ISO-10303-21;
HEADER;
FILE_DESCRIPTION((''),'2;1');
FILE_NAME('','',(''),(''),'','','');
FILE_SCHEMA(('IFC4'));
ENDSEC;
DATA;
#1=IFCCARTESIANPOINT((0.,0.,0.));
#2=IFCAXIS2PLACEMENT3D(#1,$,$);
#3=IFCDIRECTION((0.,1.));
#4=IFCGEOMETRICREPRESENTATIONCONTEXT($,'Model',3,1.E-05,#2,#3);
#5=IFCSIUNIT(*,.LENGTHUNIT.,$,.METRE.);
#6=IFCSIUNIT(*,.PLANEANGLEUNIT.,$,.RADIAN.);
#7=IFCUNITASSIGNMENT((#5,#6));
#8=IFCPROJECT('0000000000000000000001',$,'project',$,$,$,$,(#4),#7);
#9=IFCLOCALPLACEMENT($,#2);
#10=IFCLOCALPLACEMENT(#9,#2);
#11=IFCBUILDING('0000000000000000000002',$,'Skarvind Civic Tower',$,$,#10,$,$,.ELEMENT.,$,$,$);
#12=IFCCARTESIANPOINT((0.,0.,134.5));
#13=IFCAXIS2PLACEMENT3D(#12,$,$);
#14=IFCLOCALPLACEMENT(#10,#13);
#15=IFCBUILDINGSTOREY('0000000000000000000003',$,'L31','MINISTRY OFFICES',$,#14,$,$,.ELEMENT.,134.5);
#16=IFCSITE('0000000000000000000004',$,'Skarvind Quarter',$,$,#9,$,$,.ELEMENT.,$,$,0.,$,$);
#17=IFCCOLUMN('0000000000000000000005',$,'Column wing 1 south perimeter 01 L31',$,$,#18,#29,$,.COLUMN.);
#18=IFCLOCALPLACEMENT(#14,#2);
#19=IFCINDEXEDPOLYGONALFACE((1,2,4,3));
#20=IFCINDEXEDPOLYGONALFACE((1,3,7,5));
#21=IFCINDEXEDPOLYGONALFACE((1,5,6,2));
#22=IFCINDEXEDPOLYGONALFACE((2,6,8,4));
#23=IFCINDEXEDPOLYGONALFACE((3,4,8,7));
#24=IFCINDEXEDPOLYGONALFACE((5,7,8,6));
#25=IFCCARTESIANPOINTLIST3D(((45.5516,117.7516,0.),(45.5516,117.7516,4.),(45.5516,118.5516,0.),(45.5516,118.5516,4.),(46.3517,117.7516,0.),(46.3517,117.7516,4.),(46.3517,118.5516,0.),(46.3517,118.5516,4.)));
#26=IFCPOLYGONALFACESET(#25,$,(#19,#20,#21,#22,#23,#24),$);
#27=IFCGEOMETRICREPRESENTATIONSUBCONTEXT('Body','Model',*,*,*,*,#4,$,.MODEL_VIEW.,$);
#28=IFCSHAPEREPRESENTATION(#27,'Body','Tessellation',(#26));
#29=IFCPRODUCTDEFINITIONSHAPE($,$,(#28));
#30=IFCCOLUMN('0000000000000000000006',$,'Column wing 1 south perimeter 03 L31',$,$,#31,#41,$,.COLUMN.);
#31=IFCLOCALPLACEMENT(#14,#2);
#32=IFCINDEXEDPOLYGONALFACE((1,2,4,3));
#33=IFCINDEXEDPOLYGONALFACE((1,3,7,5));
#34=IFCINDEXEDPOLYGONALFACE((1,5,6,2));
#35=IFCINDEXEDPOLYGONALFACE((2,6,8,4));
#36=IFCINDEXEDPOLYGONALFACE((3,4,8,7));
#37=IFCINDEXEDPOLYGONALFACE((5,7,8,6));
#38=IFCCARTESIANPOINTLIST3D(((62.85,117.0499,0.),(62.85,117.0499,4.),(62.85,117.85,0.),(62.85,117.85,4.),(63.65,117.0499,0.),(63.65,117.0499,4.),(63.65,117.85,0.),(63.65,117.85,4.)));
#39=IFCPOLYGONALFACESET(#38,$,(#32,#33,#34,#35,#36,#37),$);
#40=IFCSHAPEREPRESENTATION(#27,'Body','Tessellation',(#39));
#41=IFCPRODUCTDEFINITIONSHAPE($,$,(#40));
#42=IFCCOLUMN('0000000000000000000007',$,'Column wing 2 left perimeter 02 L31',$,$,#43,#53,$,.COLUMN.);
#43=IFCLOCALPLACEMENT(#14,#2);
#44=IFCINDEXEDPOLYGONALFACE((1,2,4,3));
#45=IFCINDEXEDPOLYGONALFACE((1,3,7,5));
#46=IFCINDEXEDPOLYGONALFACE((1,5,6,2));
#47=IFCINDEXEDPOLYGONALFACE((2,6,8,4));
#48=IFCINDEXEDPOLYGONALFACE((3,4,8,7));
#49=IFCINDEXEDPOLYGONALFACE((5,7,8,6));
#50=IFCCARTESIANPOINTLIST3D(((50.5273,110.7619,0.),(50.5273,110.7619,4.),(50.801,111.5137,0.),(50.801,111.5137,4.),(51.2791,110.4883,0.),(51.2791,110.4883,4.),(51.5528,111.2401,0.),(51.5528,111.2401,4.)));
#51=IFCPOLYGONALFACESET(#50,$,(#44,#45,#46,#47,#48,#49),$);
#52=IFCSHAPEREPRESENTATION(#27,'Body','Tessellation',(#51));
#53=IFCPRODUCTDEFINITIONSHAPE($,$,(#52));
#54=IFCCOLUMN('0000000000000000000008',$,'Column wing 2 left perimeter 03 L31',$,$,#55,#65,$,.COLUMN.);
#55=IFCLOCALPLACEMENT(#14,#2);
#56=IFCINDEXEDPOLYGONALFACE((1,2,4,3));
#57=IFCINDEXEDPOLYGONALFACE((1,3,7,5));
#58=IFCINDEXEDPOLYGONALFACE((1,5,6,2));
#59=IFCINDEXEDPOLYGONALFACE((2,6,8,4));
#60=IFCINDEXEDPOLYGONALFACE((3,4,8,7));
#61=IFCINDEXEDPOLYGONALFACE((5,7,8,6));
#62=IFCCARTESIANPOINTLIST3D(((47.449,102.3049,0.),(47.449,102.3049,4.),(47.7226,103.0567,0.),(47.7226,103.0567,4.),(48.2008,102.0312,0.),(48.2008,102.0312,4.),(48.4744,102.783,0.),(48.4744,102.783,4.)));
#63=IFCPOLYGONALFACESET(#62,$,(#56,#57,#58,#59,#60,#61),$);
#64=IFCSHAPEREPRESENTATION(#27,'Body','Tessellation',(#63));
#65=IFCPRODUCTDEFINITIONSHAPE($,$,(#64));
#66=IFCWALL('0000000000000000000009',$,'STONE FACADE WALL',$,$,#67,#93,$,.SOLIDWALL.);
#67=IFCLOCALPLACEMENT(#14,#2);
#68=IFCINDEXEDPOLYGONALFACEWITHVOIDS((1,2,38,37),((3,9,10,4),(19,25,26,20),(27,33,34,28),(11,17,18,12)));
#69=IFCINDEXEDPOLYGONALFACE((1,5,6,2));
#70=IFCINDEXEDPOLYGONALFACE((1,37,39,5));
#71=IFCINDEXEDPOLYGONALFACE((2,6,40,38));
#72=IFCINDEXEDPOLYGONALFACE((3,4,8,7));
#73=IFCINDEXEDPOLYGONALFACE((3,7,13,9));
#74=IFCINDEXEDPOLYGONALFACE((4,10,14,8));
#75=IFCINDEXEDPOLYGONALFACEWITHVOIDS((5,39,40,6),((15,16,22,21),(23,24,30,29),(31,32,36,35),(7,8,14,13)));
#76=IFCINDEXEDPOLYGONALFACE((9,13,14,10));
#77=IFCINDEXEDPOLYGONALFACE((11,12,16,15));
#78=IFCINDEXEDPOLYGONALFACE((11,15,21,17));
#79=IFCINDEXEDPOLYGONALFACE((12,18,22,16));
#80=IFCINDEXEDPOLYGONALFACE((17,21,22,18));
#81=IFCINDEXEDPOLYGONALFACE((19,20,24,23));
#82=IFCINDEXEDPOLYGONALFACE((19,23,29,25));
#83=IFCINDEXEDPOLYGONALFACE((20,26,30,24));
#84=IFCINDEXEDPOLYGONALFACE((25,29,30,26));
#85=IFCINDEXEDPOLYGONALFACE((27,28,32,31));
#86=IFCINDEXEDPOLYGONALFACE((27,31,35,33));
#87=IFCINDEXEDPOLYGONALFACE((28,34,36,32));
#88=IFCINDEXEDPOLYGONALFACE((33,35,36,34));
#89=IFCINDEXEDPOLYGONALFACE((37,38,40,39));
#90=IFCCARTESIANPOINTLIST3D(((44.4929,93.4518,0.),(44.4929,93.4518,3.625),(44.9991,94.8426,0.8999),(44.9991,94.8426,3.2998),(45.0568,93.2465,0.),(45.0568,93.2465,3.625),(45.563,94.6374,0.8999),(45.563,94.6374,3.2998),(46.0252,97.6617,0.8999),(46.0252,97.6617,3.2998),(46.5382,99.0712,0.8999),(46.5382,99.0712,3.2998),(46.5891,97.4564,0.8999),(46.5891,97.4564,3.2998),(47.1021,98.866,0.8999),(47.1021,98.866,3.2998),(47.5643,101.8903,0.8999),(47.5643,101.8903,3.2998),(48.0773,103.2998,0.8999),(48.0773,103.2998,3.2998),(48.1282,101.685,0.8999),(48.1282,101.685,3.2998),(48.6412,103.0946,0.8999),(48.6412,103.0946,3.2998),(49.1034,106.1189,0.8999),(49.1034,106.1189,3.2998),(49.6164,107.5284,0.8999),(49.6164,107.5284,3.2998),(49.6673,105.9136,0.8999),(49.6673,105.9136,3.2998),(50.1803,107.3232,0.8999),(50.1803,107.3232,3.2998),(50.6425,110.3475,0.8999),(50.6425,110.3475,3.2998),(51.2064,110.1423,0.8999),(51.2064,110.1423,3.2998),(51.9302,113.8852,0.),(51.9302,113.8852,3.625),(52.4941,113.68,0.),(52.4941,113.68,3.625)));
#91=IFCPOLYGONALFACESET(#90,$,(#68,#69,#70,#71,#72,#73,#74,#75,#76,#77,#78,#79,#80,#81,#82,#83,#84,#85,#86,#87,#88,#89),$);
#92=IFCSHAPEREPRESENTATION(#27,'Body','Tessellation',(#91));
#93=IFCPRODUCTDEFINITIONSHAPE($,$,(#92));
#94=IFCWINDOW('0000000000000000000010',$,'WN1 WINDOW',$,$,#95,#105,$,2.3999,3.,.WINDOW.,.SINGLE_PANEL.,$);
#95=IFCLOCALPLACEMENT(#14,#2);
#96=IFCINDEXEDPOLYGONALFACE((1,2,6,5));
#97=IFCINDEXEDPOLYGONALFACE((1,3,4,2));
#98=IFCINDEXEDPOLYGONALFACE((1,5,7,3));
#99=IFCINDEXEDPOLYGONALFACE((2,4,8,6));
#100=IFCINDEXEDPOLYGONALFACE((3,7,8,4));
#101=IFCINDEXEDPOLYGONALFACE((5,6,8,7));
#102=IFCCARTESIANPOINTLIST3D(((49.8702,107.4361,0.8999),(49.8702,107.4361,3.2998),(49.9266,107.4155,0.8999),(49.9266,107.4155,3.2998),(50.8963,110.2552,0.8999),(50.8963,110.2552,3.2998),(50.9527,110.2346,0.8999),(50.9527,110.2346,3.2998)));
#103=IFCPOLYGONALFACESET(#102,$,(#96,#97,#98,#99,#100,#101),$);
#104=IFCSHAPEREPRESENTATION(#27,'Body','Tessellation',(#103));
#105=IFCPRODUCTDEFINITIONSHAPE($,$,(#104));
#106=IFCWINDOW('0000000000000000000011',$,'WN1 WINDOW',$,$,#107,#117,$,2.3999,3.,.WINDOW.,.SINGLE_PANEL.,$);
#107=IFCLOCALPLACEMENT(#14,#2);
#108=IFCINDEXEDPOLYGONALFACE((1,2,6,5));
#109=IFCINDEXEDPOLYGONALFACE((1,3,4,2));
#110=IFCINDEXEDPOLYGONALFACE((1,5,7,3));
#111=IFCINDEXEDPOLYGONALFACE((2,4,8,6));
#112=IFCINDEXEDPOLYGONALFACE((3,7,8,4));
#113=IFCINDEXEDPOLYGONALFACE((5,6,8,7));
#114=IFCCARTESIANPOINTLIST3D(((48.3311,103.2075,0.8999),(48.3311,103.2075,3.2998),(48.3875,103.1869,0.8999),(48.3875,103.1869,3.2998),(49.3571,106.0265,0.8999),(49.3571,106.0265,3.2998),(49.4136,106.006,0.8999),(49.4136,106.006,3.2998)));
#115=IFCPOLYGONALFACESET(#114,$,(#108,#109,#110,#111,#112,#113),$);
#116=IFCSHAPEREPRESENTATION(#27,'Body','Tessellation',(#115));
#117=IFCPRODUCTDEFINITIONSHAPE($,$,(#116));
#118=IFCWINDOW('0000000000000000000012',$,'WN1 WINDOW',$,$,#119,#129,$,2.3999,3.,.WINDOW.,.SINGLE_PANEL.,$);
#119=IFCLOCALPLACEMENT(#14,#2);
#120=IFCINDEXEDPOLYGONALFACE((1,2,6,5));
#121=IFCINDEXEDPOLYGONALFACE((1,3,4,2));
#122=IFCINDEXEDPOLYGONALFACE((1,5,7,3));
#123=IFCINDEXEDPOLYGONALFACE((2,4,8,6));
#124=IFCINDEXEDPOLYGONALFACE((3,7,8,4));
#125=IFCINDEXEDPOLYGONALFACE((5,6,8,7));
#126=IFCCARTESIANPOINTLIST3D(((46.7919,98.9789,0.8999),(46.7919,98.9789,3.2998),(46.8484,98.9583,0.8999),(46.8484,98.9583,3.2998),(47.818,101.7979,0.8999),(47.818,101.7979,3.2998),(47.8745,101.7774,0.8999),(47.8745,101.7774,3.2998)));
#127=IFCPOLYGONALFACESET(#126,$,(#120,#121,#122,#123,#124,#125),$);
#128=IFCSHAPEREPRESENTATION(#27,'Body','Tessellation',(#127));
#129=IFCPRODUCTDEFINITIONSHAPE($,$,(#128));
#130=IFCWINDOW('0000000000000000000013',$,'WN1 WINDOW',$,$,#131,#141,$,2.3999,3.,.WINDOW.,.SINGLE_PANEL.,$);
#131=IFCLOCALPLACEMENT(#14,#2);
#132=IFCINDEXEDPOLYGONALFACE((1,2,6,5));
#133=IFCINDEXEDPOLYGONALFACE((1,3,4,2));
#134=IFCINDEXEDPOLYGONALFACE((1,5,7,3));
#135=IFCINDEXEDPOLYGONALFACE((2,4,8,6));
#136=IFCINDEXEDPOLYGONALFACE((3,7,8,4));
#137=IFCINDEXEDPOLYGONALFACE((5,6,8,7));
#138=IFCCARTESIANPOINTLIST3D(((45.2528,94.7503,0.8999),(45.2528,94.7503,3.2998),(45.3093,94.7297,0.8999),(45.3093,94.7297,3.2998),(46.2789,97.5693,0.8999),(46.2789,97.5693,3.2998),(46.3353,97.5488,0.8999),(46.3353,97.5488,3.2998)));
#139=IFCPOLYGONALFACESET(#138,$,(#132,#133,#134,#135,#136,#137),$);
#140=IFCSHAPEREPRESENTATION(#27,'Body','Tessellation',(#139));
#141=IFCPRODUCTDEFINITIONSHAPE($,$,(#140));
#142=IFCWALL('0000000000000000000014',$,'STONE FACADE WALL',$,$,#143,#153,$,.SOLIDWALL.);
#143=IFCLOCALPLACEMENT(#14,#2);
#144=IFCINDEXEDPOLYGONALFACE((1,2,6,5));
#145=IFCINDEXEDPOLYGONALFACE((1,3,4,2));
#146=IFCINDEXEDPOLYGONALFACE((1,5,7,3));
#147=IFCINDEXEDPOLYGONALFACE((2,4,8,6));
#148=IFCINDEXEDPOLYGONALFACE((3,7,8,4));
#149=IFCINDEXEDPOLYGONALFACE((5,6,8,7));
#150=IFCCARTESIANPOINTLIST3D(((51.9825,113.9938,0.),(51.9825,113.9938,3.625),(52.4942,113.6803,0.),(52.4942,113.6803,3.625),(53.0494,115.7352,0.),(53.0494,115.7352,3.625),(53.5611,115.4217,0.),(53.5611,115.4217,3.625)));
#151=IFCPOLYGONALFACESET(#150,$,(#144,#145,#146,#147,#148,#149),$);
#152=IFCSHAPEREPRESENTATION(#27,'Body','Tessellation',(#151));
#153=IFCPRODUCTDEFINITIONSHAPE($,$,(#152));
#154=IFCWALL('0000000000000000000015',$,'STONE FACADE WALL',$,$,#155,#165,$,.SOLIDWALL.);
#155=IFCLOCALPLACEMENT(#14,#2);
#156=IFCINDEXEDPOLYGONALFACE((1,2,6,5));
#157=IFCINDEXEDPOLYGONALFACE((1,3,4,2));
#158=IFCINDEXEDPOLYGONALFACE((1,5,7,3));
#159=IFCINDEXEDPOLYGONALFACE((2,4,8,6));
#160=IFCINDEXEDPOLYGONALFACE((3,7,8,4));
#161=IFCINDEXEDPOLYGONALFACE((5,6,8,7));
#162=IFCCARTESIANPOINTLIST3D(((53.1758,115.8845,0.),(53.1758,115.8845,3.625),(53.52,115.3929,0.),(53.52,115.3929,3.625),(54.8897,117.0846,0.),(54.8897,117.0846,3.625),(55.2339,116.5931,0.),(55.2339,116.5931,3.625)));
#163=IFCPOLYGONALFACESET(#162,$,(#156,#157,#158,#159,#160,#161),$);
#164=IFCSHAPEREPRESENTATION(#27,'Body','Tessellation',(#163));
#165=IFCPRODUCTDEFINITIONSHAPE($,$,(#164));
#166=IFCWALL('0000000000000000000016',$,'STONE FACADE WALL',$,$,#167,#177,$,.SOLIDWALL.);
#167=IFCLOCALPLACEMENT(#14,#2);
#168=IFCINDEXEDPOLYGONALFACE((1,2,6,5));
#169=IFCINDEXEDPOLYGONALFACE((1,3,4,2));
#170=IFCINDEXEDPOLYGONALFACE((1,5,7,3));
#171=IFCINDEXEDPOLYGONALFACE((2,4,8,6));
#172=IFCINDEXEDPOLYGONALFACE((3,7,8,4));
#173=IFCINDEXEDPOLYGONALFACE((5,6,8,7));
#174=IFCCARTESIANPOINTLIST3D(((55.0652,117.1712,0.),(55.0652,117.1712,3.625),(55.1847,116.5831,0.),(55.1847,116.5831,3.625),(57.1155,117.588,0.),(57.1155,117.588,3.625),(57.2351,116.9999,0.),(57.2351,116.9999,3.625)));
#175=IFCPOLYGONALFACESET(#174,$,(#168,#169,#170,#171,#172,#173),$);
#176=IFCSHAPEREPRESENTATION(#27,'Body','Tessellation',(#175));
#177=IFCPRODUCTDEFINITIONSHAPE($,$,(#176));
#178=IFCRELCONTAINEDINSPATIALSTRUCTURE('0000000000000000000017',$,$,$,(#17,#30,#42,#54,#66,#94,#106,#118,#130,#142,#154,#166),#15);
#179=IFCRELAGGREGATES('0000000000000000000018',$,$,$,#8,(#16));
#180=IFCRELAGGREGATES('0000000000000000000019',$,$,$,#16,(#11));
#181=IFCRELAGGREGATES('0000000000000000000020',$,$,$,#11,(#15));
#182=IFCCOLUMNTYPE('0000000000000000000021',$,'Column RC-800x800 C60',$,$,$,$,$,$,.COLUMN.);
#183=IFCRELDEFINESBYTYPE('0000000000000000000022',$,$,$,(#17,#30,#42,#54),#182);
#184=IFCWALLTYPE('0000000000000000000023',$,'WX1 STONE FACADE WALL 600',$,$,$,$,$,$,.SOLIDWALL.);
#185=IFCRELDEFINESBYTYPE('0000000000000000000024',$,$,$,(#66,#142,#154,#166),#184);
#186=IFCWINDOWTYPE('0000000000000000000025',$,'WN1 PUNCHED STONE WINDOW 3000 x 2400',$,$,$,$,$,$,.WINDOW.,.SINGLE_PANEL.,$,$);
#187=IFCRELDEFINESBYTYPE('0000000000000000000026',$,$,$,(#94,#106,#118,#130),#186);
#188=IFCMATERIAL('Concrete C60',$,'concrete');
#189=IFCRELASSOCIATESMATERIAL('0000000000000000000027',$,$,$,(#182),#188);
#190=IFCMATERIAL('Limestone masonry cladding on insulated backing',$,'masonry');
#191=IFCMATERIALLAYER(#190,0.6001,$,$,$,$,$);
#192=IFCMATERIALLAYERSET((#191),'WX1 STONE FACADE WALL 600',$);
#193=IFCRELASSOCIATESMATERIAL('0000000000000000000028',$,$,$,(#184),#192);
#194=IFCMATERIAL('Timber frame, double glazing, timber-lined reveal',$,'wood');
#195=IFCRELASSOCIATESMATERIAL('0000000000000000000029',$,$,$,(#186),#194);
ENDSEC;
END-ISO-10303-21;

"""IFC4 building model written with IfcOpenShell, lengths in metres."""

from ifc_helpers import new_model, si_unit, direction, frame, frame_2d, origin, origin_2d, place, context, subcontext, project, spatial, rectangle, extrude, material, layer, layer_set, material_profile, profile_set, type_object, element, fill, save


model = new_model("IFC4")

# Units and contexts
model_context = context("Model", 3, precision=1e-05, world=origin(), true_north=direction((0.0, 1.0)))
body_context = subcontext(model_context, "Body", "Model", "MODEL_VIEW")
ifc_project = project(units=[si_unit("LENGTHUNIT", "METRE"), si_unit("PLANEANGLEUNIT", "RADIAN")], contexts=[model_context])

# Site, building, storey
site_placement = place(None, origin())
site = spatial("IfcSite", under=ifc_project, at=site_placement, Name="Skarvind Quarter", CompositionType="ELEMENT", RefElevation=0.0)
building_placement = place(site_placement, origin())
building = spatial("IfcBuilding", under=site, at=building_placement, Name="Skarvind Civic Tower", CompositionType="ELEMENT")
storey_placement = place(building_placement, frame((0.0, 0.0, 134.5)))
storey = spatial("IfcBuildingStorey", under=building, at=storey_placement, Name="L31", Description="MINISTRY OFFICES", CompositionType="ELEMENT", Elevation=134.5)

# Columns
ifc_material_1 = material(Name="Concrete C60", Category="concrete")
ifc_material_profile_1 = material_profile(ifc_material_1, rectangle(XDim=0.8, YDim=0.8, at=origin_2d()), Name="RC-800x800")
ifc_profile_set_1 = profile_set([ifc_material_profile_1], Name="Concrete C60")
column_type = type_object("IfcColumnType", Name="Column RC-800x800 C60", PredefinedType="COLUMN", material=ifc_profile_set_1)
for number, where, z_axis, x_axis, name in (
    (1, (45.9517, 118.1516, 0.0), (0.0, 0.0, 1.0), (1.0, 0.0, 0.0), "Column wing 1 south perimeter 01 L31"),
    (2, (63.25, 117.45, 0.0), (0.0, 0.0, 1.0), (1.0, 0.0, 0.0), "Column wing 1 south perimeter 03 L31"),
    (3, (51.04, 111.001, 0.0), (0.0, 0.0, 1.0), (-0.34202, -0.939693, 0.0), "Column wing 2 left perimeter 02 L31"),
    (4, (47.9617, 102.5439, 0.0), (0.0, 0.0, 1.0), (-0.34202, -0.939693, 0.0), "Column wing 2 left perimeter 03 L31"),
):
    element("IfcColumn", number, at=place(storey_placement, frame(where, z_axis=z_axis, x_axis=x_axis)), inside=storey, type_object=column_type, Name=name, PredefinedType="COLUMN", context=body_context, shape_type="SweptSolid", body=[
        extrude(rectangle(XDim=0.8, YDim=0.8, at=origin_2d()), origin(), (0.0, 0.0, 1.0), 4.0),
    ])

# Wall, openings, windows
ifc_material_2 = material(Name="Limestone masonry cladding on insulated backing", Category="masonry")
ifc_layer = layer(ifc_material_2, 0.6001)
ifc_layer_set = layer_set([ifc_layer], Name="WX1 STONE FACADE WALL 600")
wall_type = type_object("IfcWallType", Name="WX1 STONE FACADE WALL 600", PredefinedType="SOLIDWALL", material=ifc_layer_set)
wall_1_placement = place(storey_placement, frame((52.2122, 113.7827, 0.0), z_axis=(0.0, 0.0, 1.0), x_axis=(-0.342025, -0.939691, 0.0)))
wall_1 = element("IfcWall", 5, at=wall_1_placement, inside=storey, type_object=wall_type, Name="STONE FACADE WALL", PredefinedType="SOLIDWALL", context=body_context, shape_type="SweptSolid", body=[
    extrude(rectangle(XDim=21.7449, YDim=0.6001, at=frame_2d((10.8726, 0.0))), origin(), (0.0, 0.0, 1.0), 3.625),
])
opening_1_placement = place(wall_1_placement, frame((3.7649, 0.0, 0.8999)))
opening_1 = element("IfcOpeningElement", 6, at=opening_1_placement, cuts=wall_1, PredefinedType="OPENING", context=body_context, shape_type="SweptSolid", body=[
    extrude(rectangle(XDim=3.0, YDim=2.3999, at=frame_2d((1.5, 1.2))), frame((0.0, 0.3101, 0.0), z_axis=(0.0, -1.0, 0.0), x_axis=(1.0, 0.0, 0.0)), (0.0, 0.0, 1.0), 0.6201),
])
opening_2_placement = place(wall_1_placement, frame((8.2649, 0.0, 0.8999)))
opening_2 = element("IfcOpeningElement", 7, at=opening_2_placement, cuts=wall_1, PredefinedType="OPENING", context=body_context, shape_type="SweptSolid", body=[
    extrude(rectangle(XDim=3.0, YDim=2.3999, at=frame_2d((1.5, 1.2))), frame((0.0, 0.3101, 0.0), z_axis=(0.0, -1.0, 0.0), x_axis=(1.0, 0.0, 0.0)), (0.0, 0.0, 1.0), 0.6201),
])
opening_3_placement = place(wall_1_placement, frame((12.7649, 0.0, 0.8999)))
opening_3 = element("IfcOpeningElement", 8, at=opening_3_placement, cuts=wall_1, PredefinedType="OPENING", context=body_context, shape_type="SweptSolid", body=[
    extrude(rectangle(XDim=3.0, YDim=2.3999, at=frame_2d((1.5, 1.2))), frame((0.0, 0.3101, 0.0), z_axis=(0.0, -1.0, 0.0), x_axis=(1.0, 0.0, 0.0)), (0.0, 0.0, 1.0), 0.6201),
])
opening_4_placement = place(wall_1_placement, frame((17.2649, 0.0, 0.8999)))
opening_4 = element("IfcOpeningElement", 9, at=opening_4_placement, cuts=wall_1, PredefinedType="OPENING", context=body_context, shape_type="SweptSolid", body=[
    extrude(rectangle(XDim=3.0, YDim=2.3999, at=frame_2d((1.5, 1.2))), frame((0.0, 0.3101, 0.0), z_axis=(0.0, -1.0, 0.0), x_axis=(1.0, 0.0, 0.0)), (0.0, 0.0, 1.0), 0.6201),
])
ifc_material_3 = material(Name="Timber frame, double glazing, timber-lined reveal", Category="wood")
window_type = type_object("IfcWindowType", Name="WN1 PUNCHED STONE WINDOW 3000 x 2400", PartitioningType="SINGLE_PANEL", PredefinedType="WINDOW", material=ifc_material_3)
window_1_placement = place(opening_1_placement, origin())
window_1 = element("IfcWindow", 10, at=window_1_placement, inside=storey, type_object=window_type, Name="WN1 WINDOW", OverallHeight=2.3999, OverallWidth=3.0, PartitioningType="SINGLE_PANEL", PredefinedType="WINDOW", context=body_context, shape_type="SweptSolid", body=[
    extrude(rectangle(XDim=3.0, YDim=2.3999, at=frame_2d((1.5, 1.2))), frame((0.0, 0.03, 0.0), z_axis=(0.0, -1.0, 0.0), x_axis=(1.0, 0.0, 0.0)), (0.0, 0.0, 1.0), 0.0601),
])
fill(opening_1, window_1)
window_2_placement = place(opening_2_placement, origin())
window_2 = element("IfcWindow", 11, at=window_2_placement, inside=storey, type_object=window_type, Name="WN1 WINDOW", OverallHeight=2.3999, OverallWidth=3.0, PartitioningType="SINGLE_PANEL", PredefinedType="WINDOW", context=body_context, shape_type="SweptSolid", body=[
    extrude(rectangle(XDim=3.0, YDim=2.3999, at=frame_2d((1.5, 1.2))), frame((0.0, 0.03, 0.0), z_axis=(0.0, -1.0, 0.0), x_axis=(1.0, 0.0, 0.0)), (0.0, 0.0, 1.0), 0.0601),
])
fill(opening_2, window_2)
window_3_placement = place(opening_3_placement, origin())
window_3 = element("IfcWindow", 12, at=window_3_placement, inside=storey, type_object=window_type, Name="WN1 WINDOW", OverallHeight=2.3999, OverallWidth=3.0, PartitioningType="SINGLE_PANEL", PredefinedType="WINDOW", context=body_context, shape_type="SweptSolid", body=[
    extrude(rectangle(XDim=3.0, YDim=2.3999, at=frame_2d((1.5, 1.2))), frame((0.0, 0.03, 0.0), z_axis=(0.0, -1.0, 0.0), x_axis=(1.0, 0.0, 0.0)), (0.0, 0.0, 1.0), 0.0601),
])
fill(opening_3, window_3)
window_4_placement = place(opening_4_placement, origin())
window_4 = element("IfcWindow", 13, at=window_4_placement, inside=storey, type_object=window_type, Name="WN1 WINDOW", OverallHeight=2.3999, OverallWidth=3.0, PartitioningType="SINGLE_PANEL", PredefinedType="WINDOW", context=body_context, shape_type="SweptSolid", body=[
    extrude(rectangle(XDim=3.0, YDim=2.3999, at=frame_2d((1.5, 1.2))), frame((0.0, 0.03, 0.0), z_axis=(0.0, -1.0, 0.0), x_axis=(1.0, 0.0, 0.0)), (0.0, 0.0, 1.0), 0.0601),
])
fill(opening_4, window_4)

# Walls
wall_2_placement = place(storey_placement, frame((53.3052, 115.5784, 0.0), z_axis=(0.0, 0.0, 1.0), x_axis=(-0.522402, -0.852699, 0.0)))
element("IfcWall", 14, at=wall_2_placement, inside=storey, type_object=wall_type, Name="STONE FACADE WALL", PredefinedType="SOLIDWALL", context=body_context, shape_type="SweptSolid", body=[
    extrude(rectangle(XDim=2.0422, YDim=0.6001, at=frame_2d((1.021, 0.0))), origin(), (0.0, 0.0, 1.0), 3.625),
])
for number, where, z_axis, x_axis, name in (
    (15, (55.0618, 116.8389, 0.0), (0.0, 0.0, 1.0), (-0.819122, -0.573619, 0.0), "STONE FACADE WALL"),
    (16, (57.1753, 117.2939, 0.0), (0.0, 0.0, 1.0), (-0.979961, -0.199189, 0.0), "STONE FACADE WALL"),
):
    element("IfcWall", number, at=place(storey_placement, frame(where, z_axis=z_axis, x_axis=x_axis)), inside=storey, type_object=wall_type, Name=name, PredefinedType="SOLIDWALL", context=body_context, shape_type="SweptSolid", body=[
        extrude(rectangle(XDim=2.0923, YDim=0.6001, at=frame_2d((1.0461, 0.0))), origin(), (0.0, 0.0, 1.0), 3.625),
    ])

save(model, "model.ifc")
